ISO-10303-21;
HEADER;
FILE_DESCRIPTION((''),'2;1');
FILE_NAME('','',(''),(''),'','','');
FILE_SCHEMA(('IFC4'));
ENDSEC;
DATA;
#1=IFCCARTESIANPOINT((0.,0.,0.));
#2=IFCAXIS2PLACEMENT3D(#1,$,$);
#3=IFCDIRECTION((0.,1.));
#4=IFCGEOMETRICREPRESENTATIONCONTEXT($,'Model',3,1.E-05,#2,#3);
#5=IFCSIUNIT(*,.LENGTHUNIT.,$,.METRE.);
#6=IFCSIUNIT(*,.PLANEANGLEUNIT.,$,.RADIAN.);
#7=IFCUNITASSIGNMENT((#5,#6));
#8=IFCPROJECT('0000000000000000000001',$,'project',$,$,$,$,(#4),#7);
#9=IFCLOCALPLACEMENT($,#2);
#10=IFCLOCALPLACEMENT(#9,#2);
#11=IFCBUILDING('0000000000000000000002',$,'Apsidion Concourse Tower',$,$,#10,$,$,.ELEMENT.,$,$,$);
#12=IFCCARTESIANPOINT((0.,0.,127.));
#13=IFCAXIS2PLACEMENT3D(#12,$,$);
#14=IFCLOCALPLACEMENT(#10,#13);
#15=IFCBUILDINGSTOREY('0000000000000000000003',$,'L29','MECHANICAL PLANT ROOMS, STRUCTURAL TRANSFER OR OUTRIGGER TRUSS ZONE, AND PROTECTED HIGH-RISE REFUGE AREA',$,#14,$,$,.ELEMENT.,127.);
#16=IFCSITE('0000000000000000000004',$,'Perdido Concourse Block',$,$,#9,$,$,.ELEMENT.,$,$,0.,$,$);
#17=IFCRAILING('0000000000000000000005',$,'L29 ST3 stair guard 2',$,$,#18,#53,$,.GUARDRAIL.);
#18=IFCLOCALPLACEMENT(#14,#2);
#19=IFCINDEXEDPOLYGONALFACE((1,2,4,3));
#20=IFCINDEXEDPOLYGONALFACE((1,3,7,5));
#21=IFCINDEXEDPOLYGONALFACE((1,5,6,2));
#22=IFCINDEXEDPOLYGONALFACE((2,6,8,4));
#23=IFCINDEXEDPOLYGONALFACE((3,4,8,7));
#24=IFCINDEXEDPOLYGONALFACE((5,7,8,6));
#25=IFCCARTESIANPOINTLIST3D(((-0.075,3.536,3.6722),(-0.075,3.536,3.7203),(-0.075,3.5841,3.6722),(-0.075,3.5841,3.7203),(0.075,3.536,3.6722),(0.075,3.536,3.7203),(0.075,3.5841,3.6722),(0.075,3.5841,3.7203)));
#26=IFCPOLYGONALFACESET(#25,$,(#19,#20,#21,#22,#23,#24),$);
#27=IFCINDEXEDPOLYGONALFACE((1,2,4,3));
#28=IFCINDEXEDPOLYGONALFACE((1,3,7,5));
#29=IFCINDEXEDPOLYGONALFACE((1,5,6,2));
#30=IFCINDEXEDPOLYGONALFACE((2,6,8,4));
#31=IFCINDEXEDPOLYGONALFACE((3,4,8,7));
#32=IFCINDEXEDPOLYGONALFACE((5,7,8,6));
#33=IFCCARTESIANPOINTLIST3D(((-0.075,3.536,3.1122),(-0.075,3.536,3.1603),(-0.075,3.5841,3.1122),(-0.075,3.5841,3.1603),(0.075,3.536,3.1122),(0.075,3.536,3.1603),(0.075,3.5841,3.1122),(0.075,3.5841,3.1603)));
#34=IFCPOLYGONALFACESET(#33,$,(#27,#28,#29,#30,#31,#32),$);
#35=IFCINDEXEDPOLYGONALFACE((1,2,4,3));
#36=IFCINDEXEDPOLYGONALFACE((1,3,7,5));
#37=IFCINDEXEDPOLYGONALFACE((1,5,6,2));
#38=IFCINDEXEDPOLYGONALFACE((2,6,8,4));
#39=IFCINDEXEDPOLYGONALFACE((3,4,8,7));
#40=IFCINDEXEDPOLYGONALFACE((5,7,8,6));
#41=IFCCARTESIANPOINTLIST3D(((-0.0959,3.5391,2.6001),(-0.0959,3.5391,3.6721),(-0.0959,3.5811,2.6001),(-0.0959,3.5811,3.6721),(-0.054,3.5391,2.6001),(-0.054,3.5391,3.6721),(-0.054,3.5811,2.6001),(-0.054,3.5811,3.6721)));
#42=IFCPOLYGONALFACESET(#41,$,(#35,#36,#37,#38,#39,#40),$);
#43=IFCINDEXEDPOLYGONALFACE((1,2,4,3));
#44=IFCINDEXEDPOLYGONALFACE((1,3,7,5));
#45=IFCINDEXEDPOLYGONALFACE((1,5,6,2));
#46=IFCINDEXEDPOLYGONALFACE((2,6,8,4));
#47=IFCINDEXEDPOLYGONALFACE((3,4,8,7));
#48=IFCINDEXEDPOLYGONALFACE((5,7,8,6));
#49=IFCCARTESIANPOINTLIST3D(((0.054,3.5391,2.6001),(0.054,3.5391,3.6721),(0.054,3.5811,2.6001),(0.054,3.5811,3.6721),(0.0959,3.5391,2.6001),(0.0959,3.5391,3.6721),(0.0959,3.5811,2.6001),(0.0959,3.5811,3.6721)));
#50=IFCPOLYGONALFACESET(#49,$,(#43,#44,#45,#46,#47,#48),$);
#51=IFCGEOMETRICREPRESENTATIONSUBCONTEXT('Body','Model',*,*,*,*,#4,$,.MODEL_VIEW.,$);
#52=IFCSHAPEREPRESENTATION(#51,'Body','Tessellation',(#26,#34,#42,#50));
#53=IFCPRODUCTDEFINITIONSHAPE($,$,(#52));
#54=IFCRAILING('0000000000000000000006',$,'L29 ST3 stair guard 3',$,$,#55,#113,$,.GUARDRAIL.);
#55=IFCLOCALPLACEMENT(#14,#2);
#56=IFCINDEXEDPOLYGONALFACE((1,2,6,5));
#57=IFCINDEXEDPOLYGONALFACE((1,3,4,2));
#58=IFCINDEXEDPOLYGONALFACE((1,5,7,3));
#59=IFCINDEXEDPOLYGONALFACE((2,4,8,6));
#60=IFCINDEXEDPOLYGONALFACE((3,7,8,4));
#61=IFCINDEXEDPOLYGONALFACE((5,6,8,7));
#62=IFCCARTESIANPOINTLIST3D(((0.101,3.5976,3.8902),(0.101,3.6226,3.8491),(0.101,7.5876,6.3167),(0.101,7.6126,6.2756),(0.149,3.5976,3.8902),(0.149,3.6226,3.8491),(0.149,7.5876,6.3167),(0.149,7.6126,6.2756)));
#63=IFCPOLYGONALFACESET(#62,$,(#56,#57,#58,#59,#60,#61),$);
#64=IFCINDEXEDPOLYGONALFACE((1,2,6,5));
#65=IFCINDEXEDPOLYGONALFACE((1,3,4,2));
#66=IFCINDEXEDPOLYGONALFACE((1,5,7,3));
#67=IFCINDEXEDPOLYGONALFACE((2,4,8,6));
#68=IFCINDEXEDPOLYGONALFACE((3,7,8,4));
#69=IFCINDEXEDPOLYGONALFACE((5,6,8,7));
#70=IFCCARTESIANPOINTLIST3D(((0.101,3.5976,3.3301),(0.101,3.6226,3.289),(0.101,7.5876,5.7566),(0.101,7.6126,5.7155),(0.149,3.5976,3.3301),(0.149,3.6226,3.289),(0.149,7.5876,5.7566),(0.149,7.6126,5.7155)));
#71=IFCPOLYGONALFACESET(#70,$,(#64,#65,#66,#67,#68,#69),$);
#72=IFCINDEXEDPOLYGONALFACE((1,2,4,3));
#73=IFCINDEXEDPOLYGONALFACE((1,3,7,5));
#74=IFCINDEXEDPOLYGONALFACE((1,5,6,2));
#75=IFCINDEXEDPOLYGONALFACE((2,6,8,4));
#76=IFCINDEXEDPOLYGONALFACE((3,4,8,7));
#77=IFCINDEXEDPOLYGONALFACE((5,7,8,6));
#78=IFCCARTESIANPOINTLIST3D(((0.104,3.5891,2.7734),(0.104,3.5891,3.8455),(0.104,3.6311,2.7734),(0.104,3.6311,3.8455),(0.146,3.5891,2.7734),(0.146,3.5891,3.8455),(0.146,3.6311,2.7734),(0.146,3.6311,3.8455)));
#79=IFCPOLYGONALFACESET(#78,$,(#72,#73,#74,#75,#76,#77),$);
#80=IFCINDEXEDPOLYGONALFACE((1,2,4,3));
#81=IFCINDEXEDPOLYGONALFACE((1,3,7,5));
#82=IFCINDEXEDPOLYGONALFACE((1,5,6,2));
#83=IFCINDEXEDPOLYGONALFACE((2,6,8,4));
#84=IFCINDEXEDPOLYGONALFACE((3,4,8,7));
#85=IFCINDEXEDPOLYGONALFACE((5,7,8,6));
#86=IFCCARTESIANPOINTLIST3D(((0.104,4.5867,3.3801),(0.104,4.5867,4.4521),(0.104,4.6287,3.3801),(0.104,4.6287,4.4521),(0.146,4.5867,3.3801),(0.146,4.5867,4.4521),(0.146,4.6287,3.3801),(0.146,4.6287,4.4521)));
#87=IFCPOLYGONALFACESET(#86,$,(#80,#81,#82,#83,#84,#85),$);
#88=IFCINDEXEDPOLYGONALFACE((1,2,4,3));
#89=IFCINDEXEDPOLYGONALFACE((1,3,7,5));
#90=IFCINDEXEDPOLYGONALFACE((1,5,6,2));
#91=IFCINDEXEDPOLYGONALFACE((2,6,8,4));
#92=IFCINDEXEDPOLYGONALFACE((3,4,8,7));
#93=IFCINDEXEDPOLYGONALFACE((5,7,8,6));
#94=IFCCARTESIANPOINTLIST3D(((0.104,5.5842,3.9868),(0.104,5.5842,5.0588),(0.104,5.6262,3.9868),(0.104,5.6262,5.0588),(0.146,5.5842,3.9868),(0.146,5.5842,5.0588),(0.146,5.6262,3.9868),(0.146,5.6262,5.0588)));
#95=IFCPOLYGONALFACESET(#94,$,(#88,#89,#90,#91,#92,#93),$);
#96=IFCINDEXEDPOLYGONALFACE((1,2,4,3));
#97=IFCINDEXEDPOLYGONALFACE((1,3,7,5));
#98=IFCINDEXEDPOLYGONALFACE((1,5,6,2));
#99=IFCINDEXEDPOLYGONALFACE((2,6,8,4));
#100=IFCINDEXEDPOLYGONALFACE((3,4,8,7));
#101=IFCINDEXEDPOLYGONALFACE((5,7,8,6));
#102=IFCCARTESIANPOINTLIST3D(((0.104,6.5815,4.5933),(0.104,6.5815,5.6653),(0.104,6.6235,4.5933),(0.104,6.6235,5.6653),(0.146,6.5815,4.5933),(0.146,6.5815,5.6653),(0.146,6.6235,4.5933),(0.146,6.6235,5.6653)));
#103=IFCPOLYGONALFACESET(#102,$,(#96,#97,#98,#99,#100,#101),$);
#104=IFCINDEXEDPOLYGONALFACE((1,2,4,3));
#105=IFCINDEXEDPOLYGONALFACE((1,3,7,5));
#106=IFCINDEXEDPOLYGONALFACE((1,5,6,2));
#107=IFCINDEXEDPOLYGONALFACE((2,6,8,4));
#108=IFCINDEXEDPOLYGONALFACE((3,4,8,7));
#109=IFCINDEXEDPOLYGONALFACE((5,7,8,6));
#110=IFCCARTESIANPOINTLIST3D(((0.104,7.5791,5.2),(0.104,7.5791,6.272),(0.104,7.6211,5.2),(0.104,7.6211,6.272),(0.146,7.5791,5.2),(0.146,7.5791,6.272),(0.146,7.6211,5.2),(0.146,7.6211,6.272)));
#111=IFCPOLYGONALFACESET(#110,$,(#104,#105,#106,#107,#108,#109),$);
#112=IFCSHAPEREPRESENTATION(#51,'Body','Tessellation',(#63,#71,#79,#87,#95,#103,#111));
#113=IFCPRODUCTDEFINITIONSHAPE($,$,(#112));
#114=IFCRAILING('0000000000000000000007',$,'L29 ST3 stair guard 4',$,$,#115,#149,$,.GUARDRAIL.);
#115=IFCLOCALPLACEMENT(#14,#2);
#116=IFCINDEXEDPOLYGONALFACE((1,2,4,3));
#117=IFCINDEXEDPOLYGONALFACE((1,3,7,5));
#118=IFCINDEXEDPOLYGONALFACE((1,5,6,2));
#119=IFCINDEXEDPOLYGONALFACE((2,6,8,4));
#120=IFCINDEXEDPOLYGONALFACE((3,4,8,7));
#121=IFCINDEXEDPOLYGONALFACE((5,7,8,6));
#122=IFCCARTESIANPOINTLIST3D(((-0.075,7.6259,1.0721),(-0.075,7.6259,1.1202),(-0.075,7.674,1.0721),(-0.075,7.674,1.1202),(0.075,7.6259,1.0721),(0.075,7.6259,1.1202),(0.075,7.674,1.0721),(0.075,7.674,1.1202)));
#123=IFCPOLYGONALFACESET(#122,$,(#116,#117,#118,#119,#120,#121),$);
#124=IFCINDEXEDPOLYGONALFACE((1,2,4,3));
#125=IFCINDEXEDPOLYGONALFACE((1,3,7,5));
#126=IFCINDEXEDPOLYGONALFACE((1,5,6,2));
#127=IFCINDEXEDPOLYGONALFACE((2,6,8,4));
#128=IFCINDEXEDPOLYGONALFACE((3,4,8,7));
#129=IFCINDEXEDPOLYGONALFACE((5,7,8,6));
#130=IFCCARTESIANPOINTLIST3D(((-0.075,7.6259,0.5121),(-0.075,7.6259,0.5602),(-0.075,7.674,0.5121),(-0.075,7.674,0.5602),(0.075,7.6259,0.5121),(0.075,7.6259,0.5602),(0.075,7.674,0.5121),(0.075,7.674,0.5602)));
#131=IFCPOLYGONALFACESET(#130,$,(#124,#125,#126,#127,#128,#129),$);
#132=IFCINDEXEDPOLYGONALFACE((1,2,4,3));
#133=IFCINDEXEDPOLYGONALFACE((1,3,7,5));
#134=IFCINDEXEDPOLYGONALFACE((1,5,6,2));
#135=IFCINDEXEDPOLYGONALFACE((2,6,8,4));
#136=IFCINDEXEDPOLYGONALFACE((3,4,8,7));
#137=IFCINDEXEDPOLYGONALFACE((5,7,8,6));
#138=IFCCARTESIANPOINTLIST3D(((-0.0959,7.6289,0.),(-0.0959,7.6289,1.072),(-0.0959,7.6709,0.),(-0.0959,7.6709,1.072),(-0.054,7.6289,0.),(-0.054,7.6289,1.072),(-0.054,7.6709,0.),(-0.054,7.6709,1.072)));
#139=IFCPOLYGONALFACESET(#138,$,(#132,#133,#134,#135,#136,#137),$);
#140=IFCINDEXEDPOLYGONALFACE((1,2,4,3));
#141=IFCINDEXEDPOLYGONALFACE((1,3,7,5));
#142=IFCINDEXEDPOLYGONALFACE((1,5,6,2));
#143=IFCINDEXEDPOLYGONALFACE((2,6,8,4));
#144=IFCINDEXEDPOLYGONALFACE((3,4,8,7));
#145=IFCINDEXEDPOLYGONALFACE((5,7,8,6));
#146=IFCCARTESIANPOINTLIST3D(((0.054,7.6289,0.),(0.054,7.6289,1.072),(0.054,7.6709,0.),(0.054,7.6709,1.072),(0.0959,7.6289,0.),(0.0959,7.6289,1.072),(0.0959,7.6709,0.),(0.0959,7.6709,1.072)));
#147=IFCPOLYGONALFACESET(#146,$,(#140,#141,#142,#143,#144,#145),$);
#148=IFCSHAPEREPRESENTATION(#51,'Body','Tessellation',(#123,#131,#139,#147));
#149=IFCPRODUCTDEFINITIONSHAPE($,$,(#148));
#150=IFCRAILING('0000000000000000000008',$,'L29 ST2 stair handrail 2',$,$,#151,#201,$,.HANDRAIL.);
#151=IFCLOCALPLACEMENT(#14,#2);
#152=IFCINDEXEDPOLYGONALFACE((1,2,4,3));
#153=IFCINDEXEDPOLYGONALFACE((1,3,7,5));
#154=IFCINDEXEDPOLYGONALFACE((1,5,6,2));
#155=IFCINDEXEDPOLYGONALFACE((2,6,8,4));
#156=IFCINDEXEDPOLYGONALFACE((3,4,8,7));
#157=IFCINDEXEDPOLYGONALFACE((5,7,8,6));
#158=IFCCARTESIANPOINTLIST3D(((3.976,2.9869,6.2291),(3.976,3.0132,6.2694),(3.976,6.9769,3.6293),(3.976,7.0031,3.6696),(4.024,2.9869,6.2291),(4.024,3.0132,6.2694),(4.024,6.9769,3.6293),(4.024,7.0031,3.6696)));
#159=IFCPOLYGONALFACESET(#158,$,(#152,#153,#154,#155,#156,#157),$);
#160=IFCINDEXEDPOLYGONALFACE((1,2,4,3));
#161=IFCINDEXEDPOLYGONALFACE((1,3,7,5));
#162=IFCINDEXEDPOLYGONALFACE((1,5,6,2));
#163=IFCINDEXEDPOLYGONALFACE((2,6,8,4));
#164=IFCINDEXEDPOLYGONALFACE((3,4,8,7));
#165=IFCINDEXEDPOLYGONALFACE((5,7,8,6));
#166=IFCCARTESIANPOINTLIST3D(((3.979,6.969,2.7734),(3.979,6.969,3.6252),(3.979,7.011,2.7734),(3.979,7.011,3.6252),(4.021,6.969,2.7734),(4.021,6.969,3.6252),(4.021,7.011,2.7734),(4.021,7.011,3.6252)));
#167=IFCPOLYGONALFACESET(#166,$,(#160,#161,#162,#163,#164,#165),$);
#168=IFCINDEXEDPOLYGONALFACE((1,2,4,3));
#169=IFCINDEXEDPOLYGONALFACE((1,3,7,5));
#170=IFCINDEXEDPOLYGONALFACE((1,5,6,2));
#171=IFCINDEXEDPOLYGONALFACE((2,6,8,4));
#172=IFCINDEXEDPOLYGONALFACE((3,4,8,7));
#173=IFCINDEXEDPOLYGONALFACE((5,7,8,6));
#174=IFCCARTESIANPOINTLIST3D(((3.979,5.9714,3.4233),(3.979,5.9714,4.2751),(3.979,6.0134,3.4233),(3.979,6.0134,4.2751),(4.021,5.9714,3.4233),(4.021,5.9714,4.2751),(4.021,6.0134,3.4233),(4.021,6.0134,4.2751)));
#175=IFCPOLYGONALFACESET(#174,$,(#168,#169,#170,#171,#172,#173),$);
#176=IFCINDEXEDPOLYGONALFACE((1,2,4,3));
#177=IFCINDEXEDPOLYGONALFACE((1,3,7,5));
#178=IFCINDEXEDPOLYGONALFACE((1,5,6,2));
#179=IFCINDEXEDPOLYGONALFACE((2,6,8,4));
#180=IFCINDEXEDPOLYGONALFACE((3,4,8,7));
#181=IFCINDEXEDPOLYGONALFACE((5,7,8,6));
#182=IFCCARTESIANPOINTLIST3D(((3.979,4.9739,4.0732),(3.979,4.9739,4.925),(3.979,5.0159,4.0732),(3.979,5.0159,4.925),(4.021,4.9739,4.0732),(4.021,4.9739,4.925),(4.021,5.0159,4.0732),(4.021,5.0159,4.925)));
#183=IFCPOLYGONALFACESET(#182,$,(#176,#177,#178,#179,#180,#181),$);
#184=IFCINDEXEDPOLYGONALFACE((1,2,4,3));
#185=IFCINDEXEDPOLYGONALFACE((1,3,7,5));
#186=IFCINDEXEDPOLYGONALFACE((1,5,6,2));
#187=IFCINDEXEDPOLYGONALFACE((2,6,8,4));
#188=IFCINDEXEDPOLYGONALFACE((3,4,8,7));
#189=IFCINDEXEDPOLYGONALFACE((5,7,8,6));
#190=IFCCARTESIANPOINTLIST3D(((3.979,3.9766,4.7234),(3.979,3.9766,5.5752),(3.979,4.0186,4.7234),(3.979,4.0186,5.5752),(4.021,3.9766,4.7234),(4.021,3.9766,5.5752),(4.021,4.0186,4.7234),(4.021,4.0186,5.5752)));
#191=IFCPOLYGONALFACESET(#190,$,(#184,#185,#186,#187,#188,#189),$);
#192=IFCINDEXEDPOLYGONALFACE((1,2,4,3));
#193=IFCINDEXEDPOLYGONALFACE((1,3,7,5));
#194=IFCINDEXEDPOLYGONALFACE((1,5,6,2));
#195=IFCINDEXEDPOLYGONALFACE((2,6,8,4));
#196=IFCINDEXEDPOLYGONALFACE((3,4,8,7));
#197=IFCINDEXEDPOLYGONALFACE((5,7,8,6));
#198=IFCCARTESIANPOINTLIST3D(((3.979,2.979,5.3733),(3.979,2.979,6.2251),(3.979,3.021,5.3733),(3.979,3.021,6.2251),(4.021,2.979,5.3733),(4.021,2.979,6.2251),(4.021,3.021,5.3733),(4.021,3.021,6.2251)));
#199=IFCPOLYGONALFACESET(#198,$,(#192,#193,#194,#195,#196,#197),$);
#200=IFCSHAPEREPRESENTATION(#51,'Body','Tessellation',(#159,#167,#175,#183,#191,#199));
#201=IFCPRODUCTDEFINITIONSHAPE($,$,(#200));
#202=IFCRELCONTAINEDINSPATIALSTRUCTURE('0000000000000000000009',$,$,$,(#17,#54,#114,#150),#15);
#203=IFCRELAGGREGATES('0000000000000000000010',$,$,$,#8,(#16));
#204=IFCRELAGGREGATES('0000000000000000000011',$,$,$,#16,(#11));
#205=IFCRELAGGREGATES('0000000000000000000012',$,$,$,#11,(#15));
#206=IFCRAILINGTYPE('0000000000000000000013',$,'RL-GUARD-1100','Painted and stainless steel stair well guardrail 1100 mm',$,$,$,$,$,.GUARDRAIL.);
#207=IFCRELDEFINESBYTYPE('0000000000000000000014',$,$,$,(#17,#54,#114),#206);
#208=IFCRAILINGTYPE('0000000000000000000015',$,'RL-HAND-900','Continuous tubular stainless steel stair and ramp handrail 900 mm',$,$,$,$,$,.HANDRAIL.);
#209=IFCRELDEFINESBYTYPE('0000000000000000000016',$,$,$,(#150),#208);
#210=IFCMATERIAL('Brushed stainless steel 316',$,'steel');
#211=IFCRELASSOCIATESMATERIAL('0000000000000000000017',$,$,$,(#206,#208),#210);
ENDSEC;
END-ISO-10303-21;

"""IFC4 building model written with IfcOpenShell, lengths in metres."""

from ifc_helpers import new_model, si_unit, direction, frame, origin, origin_2d, place, context, subcontext, project, spatial, rectangle, extrude, material, type_object, element, save


model = new_model("IFC4")

# Units and contexts
model_context = context("Model", 3, precision=1e-05, world=origin(), true_north=direction((0.0, 1.0)))
body_context = subcontext(model_context, "Body", "Model", "MODEL_VIEW")
ifc_project = project(units=[si_unit("LENGTHUNIT", "METRE"), si_unit("PLANEANGLEUNIT", "RADIAN")], contexts=[model_context])

# Site, building, storey
site_placement = place(None, origin())
site = spatial("IfcSite", under=ifc_project, at=site_placement, Name="Perdido Concourse Block", CompositionType="ELEMENT", RefElevation=0.0)
building_placement = place(site_placement, origin())
building = spatial("IfcBuilding", under=site, at=building_placement, Name="Apsidion Concourse Tower", CompositionType="ELEMENT")
storey_placement = place(building_placement, frame((0.0, 0.0, 127.0)))
storey = spatial("IfcBuildingStorey", under=building, at=storey_placement, Name="L29", Description="MECHANICAL PLANT ROOMS, STRUCTURAL TRANSFER OR OUTRIGGER TRUSS ZONE, AND PROTECTED HIGH-RISE REFUGE AREA", CompositionType="ELEMENT", Elevation=127.0)

# Shared definitions
ifc_material_1 = material(Name="Brushed stainless steel 316", Category="steel")

# Railings
railing_type_1 = type_object("IfcRailingType", Name="RL-GUARD-1100", Description="Painted and stainless steel stair well guardrail 1100 mm", PredefinedType="GUARDRAIL", material=ifc_material_1)
railing_1_placement = place(storey_placement, frame((-0.075, 3.5601, 2.6001)))
element("IfcRailing", 1, at=railing_1_placement, inside=storey, type_object=railing_type_1, Name="L29 ST3 stair guard 2", PredefinedType="GUARDRAIL", context=body_context, shape_type="SweptSolid", body=[
    extrude(rectangle(XDim=0.0481, YDim=0.0481, at=origin_2d()), frame((0.0, 0.0, 1.0962), z_axis=(1.0, 0.0, 0.0), x_axis=(0.0, 1.0, 0.0)), (0.0, 0.0, 1.0), 0.1499),
    extrude(rectangle(XDim=0.0481, YDim=0.0481, at=origin_2d()), frame((0.0, 0.0, 0.5361), z_axis=(1.0, 0.0, 0.0), x_axis=(0.0, 1.0, 0.0)), (0.0, 0.0, 1.0), 0.1499),
    extrude(rectangle(XDim=0.042, YDim=0.042, at=origin_2d()), origin(), (0.0, 0.0, 1.0), 1.072),
    extrude(rectangle(XDim=0.042, YDim=0.042, at=origin_2d()), frame((0.1499, 0.0, 0.0)), (0.0, 0.0, 1.0), 1.072),
])
railing_2_placement = place(storey_placement, frame((0.125, 3.6101, 2.7734)))
element("IfcRailing", 2, at=railing_2_placement, inside=storey, type_object=railing_type_1, Name="L29 ST3 stair guard 3", PredefinedType="GUARDRAIL", context=body_context, shape_type="SweptSolid", body=[
    extrude(rectangle(XDim=0.0481, YDim=0.0481, at=origin_2d()), frame((0.0, 0.0, 1.0962), z_axis=(0.0, 0.854405, 0.519607), x_axis=(-1.0, 0.0, 0.0)), (0.0, 0.0, 1.0), 4.6699),
    extrude(rectangle(XDim=0.0481, YDim=0.0481, at=origin_2d()), frame((0.0, 0.0, 0.5361), z_axis=(0.0, 0.854405, 0.519607), x_axis=(-1.0, 0.0, 0.0)), (0.0, 0.0, 1.0), 4.6699),
    extrude(rectangle(XDim=0.042, YDim=0.042, at=origin_2d()), origin(), (0.0, 0.0, 1.0), 1.072),
    extrude(rectangle(XDim=0.042, YDim=0.042, at=origin_2d()), frame((0.0, 0.9976, 0.6067)), (0.0, 0.0, 1.0), 1.072),
    extrude(rectangle(XDim=0.042, YDim=0.042, at=origin_2d()), frame((0.0, 1.9951, 1.2134)), (0.0, 0.0, 1.0), 1.072),
    extrude(rectangle(XDim=0.042, YDim=0.042, at=origin_2d()), frame((0.0, 2.9924, 1.8198)), (0.0, 0.0, 1.0), 1.072),
    extrude(rectangle(XDim=0.042, YDim=0.042, at=origin_2d()), frame((0.0, 3.99, 2.4265)), (0.0, 0.0, 1.0), 1.072),
])
railing_3_placement = place(storey_placement, frame((-0.075, 7.6499, 0.0)))
element("IfcRailing", 3, at=railing_3_placement, inside=storey, type_object=railing_type_1, Name="L29 ST3 stair guard 4", PredefinedType="GUARDRAIL", context=body_context, shape_type="SweptSolid", body=[
    extrude(rectangle(XDim=0.0481, YDim=0.0481, at=origin_2d()), frame((0.0, 0.0, 1.0962), z_axis=(1.0, 0.0, 0.0), x_axis=(0.0, 1.0, 0.0)), (0.0, 0.0, 1.0), 0.1499),
    extrude(rectangle(XDim=0.0481, YDim=0.0481, at=origin_2d()), frame((0.0, 0.0, 0.5361), z_axis=(1.0, 0.0, 0.0), x_axis=(0.0, 1.0, 0.0)), (0.0, 0.0, 1.0), 0.1499),
    extrude(rectangle(XDim=0.042, YDim=0.042, at=origin_2d()), origin(), (0.0, 0.0, 1.0), 1.072),
    extrude(rectangle(XDim=0.042, YDim=0.042, at=origin_2d()), frame((0.1499, 0.0, 0.0)), (0.0, 0.0, 1.0), 1.072),
])
railing_type_2 = type_object("IfcRailingType", Name="RL-HAND-900", Description="Continuous tubular stainless steel stair and ramp handrail 900 mm", PredefinedType="HANDRAIL", material=ifc_material_1)
railing_4_placement = place(storey_placement, frame((4.0, 6.99, 2.7734)))
element("IfcRailing", 4, at=railing_4_placement, inside=storey, type_object=railing_type_2, Name="L29 ST2 stair handrail 2", PredefinedType="HANDRAIL", context=body_context, shape_type="SweptSolid", body=[
    extrude(rectangle(XDim=0.0481, YDim=0.0481, at=origin_2d()), frame((0.0, 0.0, 0.876), z_axis=(0.0, -0.837833, 0.545927), x_axis=(1.0, 0.0, 0.0)), (0.0, 0.0, 1.0), 4.7622),
    extrude(rectangle(XDim=0.042, YDim=0.042, at=origin_2d()), origin(), (0.0, 0.0, 1.0), 0.8518),
    extrude(rectangle(XDim=0.042, YDim=0.042, at=origin_2d()), frame((0.0, -0.9976, 0.6499)), (0.0, 0.0, 1.0), 0.8518),
    extrude(rectangle(XDim=0.042, YDim=0.042, at=origin_2d()), frame((0.0, -1.9951, 1.2998)), (0.0, 0.0, 1.0), 0.8518),
    extrude(rectangle(XDim=0.042, YDim=0.042, at=origin_2d()), frame((0.0, -2.9924, 1.95)), (0.0, 0.0, 1.0), 0.8518),
    extrude(rectangle(XDim=0.042, YDim=0.042, at=origin_2d()), frame((0.0, -3.99, 2.5999)), (0.0, 0.0, 1.0), 0.8518),
])

save(model, "model.ifc")
